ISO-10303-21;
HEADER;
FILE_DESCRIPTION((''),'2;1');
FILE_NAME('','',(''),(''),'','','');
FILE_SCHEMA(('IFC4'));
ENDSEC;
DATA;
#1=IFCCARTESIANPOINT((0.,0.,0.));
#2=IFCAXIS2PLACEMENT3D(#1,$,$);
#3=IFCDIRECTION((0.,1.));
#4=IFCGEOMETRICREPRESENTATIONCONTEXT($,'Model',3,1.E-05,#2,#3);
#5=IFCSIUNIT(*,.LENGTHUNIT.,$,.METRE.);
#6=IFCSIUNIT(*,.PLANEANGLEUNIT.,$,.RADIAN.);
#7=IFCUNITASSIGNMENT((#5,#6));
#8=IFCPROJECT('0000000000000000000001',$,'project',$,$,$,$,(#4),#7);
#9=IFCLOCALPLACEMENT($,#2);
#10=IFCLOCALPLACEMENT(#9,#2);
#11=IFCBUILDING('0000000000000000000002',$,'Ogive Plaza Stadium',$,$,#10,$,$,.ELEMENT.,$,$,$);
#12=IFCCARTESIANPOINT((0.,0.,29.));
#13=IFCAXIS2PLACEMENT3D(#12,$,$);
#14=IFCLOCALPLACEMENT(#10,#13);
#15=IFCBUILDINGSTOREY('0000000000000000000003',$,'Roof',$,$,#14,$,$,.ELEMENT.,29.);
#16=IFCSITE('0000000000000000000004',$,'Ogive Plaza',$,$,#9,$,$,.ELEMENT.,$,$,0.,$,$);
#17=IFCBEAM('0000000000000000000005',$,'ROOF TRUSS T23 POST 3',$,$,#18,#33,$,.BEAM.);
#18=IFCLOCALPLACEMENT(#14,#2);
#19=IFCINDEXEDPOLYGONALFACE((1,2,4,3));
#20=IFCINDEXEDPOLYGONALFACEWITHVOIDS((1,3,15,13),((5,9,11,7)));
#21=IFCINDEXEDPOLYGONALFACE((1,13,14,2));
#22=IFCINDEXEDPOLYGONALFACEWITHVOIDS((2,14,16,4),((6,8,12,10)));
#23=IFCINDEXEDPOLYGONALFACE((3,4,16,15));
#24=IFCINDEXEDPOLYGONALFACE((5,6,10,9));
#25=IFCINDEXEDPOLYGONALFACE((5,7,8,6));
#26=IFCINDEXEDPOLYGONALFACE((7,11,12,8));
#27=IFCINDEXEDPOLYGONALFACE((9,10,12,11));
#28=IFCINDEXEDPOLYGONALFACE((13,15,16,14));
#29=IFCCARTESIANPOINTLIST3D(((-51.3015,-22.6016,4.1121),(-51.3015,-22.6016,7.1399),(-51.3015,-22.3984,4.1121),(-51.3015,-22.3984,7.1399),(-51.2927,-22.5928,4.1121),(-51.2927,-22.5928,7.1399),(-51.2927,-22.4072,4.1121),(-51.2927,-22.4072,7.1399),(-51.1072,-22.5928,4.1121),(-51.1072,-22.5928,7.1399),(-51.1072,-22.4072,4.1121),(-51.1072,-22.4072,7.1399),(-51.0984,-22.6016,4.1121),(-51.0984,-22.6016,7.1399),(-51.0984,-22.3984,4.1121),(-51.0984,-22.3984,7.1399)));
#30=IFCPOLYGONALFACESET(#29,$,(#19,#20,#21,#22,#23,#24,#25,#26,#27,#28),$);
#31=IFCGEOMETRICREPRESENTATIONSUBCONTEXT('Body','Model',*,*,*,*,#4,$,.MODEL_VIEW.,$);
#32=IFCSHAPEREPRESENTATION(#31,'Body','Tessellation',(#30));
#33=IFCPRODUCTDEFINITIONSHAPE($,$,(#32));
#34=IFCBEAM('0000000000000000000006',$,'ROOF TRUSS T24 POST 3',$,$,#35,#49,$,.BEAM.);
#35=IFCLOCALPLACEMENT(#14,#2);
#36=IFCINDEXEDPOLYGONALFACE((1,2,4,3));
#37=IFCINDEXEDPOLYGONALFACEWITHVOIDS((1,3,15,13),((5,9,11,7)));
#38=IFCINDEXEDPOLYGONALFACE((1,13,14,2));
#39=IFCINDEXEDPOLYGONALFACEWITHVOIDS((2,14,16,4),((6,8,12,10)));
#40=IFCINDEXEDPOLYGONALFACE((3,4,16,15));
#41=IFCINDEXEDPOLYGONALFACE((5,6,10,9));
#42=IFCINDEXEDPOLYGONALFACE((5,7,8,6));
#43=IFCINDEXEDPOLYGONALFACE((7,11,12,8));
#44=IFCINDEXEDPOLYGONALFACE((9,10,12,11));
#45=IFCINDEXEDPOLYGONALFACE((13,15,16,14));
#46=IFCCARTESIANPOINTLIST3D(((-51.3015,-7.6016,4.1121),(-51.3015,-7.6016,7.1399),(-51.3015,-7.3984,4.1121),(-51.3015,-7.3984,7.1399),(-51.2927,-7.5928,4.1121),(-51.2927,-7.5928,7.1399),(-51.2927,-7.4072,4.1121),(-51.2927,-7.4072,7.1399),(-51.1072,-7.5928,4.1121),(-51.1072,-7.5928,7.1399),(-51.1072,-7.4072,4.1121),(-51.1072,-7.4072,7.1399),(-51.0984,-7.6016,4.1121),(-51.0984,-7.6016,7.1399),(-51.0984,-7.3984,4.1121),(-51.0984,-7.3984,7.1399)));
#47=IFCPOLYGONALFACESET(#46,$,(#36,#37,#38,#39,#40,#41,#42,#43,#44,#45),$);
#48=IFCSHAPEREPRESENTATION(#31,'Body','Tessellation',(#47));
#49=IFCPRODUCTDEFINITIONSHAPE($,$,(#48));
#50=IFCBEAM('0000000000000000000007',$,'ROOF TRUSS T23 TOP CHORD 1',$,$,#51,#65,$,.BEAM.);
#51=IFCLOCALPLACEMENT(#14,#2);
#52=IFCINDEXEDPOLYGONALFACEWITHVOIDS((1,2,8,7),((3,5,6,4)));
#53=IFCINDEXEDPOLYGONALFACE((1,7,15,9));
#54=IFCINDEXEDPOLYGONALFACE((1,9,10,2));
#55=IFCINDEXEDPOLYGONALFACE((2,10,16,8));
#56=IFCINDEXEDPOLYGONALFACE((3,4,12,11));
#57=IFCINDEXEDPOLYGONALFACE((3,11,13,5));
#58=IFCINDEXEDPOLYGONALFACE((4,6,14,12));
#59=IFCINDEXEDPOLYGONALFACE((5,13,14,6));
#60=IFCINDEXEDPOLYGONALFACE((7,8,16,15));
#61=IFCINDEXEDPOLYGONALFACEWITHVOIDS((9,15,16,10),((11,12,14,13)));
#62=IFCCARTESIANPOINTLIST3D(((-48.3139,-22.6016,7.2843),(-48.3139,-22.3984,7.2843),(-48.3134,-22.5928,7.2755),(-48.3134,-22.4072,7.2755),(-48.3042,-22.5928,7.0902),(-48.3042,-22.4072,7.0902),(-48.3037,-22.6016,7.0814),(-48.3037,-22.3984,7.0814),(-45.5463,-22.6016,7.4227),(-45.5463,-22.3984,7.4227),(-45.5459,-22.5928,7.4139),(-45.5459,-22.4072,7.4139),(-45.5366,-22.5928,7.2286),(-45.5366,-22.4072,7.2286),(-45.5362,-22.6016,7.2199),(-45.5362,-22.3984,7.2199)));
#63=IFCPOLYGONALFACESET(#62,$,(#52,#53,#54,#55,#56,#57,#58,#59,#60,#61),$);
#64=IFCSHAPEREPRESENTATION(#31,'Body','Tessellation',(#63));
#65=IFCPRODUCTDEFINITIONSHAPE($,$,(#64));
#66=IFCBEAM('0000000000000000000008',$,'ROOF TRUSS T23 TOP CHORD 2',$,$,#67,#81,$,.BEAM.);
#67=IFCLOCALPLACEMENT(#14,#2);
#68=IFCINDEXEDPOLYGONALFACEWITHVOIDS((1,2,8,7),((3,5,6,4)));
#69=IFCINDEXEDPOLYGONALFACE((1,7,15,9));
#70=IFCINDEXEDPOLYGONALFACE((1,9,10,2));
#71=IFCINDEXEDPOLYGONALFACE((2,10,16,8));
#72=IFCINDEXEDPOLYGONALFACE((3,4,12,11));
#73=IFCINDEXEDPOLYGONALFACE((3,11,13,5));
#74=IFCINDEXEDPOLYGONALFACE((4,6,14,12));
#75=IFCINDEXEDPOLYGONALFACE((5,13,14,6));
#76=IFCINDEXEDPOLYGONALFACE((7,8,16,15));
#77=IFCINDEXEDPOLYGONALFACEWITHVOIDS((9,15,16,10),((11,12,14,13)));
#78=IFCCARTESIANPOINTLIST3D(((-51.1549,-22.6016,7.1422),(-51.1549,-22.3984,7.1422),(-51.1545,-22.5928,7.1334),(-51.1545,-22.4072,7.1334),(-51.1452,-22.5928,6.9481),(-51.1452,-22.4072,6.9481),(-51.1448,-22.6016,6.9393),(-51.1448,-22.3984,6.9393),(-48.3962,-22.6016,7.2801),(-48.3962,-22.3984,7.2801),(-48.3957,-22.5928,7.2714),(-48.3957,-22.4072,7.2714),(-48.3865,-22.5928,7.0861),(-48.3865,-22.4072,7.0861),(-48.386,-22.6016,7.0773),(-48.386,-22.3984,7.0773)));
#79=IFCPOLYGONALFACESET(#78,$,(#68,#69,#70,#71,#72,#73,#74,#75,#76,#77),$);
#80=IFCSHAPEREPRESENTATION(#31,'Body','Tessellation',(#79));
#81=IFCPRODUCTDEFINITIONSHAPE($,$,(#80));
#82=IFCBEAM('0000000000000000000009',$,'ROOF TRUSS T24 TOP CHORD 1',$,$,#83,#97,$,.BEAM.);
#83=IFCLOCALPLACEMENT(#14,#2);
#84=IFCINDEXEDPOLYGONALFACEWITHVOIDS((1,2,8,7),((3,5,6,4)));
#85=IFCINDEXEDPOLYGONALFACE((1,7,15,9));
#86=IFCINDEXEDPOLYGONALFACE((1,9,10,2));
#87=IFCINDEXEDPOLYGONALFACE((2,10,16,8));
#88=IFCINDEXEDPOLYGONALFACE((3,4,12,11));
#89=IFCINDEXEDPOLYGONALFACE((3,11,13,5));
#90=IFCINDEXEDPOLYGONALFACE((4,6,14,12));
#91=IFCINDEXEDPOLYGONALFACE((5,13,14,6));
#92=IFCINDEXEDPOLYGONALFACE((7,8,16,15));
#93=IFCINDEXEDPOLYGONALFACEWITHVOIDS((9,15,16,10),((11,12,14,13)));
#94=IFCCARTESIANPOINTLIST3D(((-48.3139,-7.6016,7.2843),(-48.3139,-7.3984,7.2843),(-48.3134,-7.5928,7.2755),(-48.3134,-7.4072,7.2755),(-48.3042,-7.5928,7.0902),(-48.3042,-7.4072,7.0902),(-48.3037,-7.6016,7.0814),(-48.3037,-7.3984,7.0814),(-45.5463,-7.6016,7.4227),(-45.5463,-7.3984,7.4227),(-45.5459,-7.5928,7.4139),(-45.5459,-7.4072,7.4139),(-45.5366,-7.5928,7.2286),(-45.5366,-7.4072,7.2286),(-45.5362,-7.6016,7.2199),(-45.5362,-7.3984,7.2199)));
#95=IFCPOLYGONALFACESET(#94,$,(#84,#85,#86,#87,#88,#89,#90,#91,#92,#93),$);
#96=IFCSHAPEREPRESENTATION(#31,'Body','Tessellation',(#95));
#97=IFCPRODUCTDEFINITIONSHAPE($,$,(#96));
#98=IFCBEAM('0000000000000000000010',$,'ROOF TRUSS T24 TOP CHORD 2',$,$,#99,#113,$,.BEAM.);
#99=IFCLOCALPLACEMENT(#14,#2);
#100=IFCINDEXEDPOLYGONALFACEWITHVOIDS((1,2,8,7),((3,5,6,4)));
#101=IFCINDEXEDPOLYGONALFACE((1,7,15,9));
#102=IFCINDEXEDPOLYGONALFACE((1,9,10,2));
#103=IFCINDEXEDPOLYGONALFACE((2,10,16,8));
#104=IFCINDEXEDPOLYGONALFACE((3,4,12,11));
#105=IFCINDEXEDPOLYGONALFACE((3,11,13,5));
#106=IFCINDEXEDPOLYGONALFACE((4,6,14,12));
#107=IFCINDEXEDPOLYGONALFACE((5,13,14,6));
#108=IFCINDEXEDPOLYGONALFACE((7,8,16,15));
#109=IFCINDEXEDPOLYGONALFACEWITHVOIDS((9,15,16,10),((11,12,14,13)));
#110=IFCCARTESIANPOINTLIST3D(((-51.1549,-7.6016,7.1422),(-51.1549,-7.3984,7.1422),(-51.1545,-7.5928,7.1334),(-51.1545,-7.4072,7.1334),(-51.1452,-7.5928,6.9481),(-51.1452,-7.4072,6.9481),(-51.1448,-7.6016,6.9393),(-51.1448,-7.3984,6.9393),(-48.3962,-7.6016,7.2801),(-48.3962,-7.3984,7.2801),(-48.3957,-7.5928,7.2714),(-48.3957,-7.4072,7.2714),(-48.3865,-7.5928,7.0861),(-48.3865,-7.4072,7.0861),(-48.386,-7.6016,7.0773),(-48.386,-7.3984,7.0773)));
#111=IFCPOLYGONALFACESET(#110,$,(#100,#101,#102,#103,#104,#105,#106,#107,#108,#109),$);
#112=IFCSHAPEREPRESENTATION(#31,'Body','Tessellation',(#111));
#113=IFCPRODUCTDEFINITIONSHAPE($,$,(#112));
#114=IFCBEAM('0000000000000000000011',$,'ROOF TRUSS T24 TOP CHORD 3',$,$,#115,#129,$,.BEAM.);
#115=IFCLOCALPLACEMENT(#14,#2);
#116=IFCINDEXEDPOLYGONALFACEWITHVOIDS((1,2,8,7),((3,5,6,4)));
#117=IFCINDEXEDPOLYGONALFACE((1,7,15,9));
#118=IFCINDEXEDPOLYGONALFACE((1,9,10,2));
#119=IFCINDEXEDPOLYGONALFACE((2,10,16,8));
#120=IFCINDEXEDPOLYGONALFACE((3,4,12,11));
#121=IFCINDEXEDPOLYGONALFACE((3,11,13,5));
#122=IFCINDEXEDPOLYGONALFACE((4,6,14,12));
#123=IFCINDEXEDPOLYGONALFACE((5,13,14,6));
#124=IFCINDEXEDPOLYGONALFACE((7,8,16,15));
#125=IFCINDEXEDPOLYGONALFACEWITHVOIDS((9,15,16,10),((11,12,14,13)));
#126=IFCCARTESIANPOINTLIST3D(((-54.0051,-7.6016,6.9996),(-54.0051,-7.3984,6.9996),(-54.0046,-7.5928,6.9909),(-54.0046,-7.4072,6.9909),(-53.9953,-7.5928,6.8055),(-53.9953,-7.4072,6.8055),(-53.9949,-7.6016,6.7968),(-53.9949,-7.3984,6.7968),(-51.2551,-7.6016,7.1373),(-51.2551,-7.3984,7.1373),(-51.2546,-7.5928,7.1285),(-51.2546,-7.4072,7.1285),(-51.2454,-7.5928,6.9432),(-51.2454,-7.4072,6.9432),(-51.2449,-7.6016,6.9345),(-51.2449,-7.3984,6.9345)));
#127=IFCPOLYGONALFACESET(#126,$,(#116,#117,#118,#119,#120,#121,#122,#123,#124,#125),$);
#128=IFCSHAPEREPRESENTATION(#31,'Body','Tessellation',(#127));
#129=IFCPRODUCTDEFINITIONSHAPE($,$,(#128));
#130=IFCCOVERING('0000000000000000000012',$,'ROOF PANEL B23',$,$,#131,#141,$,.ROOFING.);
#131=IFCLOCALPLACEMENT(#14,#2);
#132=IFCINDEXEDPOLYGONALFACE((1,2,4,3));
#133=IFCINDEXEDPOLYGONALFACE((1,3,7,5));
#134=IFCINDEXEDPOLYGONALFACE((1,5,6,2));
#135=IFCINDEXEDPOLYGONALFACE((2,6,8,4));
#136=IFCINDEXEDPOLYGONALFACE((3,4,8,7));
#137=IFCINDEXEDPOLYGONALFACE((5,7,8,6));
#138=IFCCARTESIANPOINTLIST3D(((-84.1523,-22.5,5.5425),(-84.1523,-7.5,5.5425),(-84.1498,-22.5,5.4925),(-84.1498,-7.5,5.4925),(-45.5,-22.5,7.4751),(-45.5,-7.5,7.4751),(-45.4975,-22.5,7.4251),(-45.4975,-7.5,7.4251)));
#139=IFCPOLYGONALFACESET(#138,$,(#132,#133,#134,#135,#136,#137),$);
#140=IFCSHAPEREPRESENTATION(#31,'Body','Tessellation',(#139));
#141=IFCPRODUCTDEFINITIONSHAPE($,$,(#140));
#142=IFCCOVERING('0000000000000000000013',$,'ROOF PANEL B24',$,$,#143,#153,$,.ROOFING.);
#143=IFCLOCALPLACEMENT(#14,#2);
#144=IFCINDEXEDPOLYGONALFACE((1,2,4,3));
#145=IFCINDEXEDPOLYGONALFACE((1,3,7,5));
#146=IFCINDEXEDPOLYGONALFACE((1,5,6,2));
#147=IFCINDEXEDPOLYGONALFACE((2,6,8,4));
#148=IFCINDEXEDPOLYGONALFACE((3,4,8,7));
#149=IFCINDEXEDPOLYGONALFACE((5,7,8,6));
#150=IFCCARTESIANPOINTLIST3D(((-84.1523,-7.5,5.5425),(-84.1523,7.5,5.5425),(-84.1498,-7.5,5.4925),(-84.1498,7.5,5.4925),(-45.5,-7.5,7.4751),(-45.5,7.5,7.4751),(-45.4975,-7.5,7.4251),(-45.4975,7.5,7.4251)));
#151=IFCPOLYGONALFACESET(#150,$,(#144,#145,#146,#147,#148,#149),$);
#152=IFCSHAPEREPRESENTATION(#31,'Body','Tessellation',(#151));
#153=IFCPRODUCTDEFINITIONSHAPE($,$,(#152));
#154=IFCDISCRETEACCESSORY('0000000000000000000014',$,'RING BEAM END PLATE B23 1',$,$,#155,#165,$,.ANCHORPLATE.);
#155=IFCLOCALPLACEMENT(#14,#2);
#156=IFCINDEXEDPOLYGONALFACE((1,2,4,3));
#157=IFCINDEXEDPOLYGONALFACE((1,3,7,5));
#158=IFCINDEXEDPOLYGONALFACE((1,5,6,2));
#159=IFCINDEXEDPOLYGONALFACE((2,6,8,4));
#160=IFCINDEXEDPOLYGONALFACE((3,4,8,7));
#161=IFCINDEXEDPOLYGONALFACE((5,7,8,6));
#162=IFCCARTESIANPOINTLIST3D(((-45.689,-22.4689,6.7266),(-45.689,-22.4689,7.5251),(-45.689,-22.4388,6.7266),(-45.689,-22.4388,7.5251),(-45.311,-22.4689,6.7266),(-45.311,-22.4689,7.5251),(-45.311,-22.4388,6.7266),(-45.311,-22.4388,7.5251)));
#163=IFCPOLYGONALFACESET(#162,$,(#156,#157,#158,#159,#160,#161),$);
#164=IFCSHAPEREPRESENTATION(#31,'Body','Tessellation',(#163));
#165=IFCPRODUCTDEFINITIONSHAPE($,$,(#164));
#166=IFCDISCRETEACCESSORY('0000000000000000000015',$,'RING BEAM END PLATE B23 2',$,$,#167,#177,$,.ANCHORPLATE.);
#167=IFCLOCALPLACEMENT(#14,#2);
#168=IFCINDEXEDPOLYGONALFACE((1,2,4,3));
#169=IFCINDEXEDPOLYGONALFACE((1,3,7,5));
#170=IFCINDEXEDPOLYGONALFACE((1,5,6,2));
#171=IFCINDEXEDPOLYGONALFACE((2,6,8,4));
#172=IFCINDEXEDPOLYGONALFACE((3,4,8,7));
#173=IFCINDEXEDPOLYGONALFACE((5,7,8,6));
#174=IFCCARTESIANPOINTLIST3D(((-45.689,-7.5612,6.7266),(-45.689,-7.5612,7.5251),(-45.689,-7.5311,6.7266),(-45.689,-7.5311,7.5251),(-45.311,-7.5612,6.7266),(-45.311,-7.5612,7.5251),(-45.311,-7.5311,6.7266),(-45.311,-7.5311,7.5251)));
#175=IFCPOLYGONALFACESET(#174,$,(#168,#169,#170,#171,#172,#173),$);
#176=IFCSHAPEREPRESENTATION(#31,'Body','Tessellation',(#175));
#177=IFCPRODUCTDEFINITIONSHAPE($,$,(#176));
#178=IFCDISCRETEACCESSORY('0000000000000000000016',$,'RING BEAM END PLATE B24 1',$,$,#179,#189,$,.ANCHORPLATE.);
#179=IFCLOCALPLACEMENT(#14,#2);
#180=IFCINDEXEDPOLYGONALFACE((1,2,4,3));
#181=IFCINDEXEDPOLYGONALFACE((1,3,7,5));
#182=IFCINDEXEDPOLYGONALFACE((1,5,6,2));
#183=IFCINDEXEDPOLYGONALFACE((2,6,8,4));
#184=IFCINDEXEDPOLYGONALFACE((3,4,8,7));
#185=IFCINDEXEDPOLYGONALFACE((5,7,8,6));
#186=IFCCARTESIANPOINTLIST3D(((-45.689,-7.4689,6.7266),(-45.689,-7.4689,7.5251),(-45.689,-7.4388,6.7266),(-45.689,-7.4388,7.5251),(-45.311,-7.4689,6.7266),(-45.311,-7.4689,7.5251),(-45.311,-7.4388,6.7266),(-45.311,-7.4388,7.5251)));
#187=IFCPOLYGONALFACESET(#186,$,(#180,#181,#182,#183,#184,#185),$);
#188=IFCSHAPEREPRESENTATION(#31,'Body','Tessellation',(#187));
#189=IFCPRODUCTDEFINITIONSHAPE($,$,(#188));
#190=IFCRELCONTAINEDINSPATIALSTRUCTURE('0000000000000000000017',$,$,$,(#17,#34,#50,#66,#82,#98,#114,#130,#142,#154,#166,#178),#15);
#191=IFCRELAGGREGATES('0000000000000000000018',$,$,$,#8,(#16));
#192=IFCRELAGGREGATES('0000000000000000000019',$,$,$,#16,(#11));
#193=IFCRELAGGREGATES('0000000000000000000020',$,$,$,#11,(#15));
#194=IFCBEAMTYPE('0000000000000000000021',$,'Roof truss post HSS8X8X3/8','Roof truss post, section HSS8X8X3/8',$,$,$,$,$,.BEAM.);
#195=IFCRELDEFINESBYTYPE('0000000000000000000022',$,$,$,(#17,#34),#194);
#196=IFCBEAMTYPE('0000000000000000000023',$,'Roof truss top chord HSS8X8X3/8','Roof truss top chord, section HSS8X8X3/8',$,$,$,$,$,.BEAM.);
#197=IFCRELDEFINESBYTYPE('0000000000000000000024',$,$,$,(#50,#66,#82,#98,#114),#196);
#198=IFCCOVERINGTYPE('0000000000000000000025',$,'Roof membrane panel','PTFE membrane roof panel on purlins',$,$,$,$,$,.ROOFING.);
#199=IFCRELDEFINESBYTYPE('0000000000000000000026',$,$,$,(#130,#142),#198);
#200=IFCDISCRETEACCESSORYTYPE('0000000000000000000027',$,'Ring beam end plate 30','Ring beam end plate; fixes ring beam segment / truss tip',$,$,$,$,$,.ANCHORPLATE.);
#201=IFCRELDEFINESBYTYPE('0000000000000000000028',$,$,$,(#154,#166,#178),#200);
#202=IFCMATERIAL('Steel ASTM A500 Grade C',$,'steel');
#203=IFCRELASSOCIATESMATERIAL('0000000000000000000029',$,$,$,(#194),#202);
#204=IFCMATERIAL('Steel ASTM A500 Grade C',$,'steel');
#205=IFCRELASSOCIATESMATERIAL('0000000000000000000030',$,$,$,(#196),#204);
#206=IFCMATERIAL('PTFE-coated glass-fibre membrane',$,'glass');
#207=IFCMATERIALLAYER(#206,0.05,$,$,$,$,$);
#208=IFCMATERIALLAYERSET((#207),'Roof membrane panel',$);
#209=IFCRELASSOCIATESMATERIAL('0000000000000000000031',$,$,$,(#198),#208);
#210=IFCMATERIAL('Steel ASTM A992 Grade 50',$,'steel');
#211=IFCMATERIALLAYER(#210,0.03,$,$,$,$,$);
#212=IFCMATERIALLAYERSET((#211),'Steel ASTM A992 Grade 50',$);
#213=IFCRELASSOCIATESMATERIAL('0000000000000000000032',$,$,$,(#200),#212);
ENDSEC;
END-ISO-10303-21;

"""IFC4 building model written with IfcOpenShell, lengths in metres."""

from ifc_helpers import new_model, si_unit, direction, frame, origin, origin_2d, place, context, subcontext, project, spatial, polyline, rectangle, hollow_rectangle, outline, extrude, material, layer, layer_set, material_profile, profile_set, type_object, element, save


model = new_model("IFC4")

# Units and contexts
model_context = context("Model", 3, precision=1e-05, world=origin(), true_north=direction((0.0, 1.0)))
body_context = subcontext(model_context, "Body", "Model", "MODEL_VIEW")
ifc_project = project(units=[si_unit("LENGTHUNIT", "METRE"), si_unit("PLANEANGLEUNIT", "RADIAN")], contexts=[model_context])

# Site, building, storey
site_placement = place(None, origin())
site = spatial("IfcSite", under=ifc_project, at=site_placement, Name="Ogive Plaza", CompositionType="ELEMENT", RefElevation=0.0)
building_placement = place(site_placement, origin())
building = spatial("IfcBuilding", under=site, at=building_placement, Name="Ogive Plaza Stadium", CompositionType="ELEMENT")
storey_placement = place(building_placement, frame((0.0, 0.0, 29.0)))
storey = spatial("IfcBuildingStorey", under=building, at=storey_placement, Name="Roof", CompositionType="ELEMENT", Elevation=29.0)

# Beams
ifc_material_1 = material(Name="Steel ASTM A500 Grade C", Category="steel")
ifc_material_profile_1 = material_profile(ifc_material_1, hollow_rectangle(XDim=0.2031, YDim=0.2031, WallThickness=0.0088, at=origin_2d()), Name="HSS8X8X3/8")
ifc_profile_set_1 = profile_set([ifc_material_profile_1], Name="Steel ASTM A500 Grade C")
beam_type_1 = type_object("IfcBeamType", Name="Roof truss post HSS8X8X3/8", Description="Roof truss post, section HSS8X8X3/8", PredefinedType="BEAM", material=ifc_profile_set_1)
for number, where, z_axis, x_axis, name in (
    (1, (-51.2, -22.5, 4.1121), (0.0, 0.0, 1.0), (0.0, -1.0, 0.0), "ROOF TRUSS T23 POST 3"),
    (2, (-51.2, -7.5, 4.1121), (0.0, 0.0, 1.0), (0.0, -1.0, 0.0), "ROOF TRUSS T24 POST 3"),
):
    element("IfcBeam", number, at=place(storey_placement, frame(where, z_axis=z_axis, x_axis=x_axis)), inside=storey, type_object=beam_type_1, Name=name, PredefinedType="BEAM", context=body_context, shape_type="SweptSolid", body=[
        extrude(hollow_rectangle(XDim=0.2031, YDim=0.2031, WallThickness=0.0088, at=origin_2d()), origin(), (0.0, 0.0, 1.0), 3.0278),
    ])
ifc_material_2 = material(Name="Steel ASTM A500 Grade C", Category="steel")
ifc_material_profile_2 = material_profile(ifc_material_2, hollow_rectangle(XDim=0.2031, YDim=0.2031, WallThickness=0.0088, at=origin_2d()), Name="HSS8X8X3/8")
ifc_profile_set_2 = profile_set([ifc_material_profile_2], Name="Steel ASTM A500 Grade C")
beam_type_2 = type_object("IfcBeamType", Name="Roof truss top chord HSS8X8X3/8", Description="Roof truss top chord, section HSS8X8X3/8", PredefinedType="BEAM", material=ifc_profile_set_2)
beam_1_placement = place(storey_placement, frame((-45.5413, -22.5, 7.3213), z_axis=(-0.998751, 0.0, -0.049955), x_axis=(0.0, -1.0, 0.0)))
element("IfcBeam", 3, at=beam_1_placement, inside=storey, type_object=beam_type_2, Name="ROOF TRUSS T23 TOP CHORD 1", PredefinedType="BEAM", context=body_context, shape_type="SweptSolid", body=[
    extrude(hollow_rectangle(XDim=0.2031, YDim=0.2031, WallThickness=0.0088, at=origin_2d()), origin(), (0.0, 0.0, 1.0), 2.771),
])
beam_2_placement = place(storey_placement, frame((-48.3911, -22.5, 7.1787), z_axis=(-0.998752, 0.0, -0.049938), x_axis=(0.0, -1.0, 0.0)))
element("IfcBeam", 4, at=beam_2_placement, inside=storey, type_object=beam_type_2, Name="ROOF TRUSS T23 TOP CHORD 2", PredefinedType="BEAM", context=body_context, shape_type="SweptSolid", body=[
    extrude(hollow_rectangle(XDim=0.2031, YDim=0.2031, WallThickness=0.0088, at=origin_2d()), origin(), (0.0, 0.0, 1.0), 2.7622),
])
beam_3_placement = place(storey_placement, frame((-45.5413, -7.5, 7.3213), z_axis=(-0.998751, 0.0, -0.049955), x_axis=(0.0, -1.0, 0.0)))
element("IfcBeam", 5, at=beam_3_placement, inside=storey, type_object=beam_type_2, Name="ROOF TRUSS T24 TOP CHORD 1", PredefinedType="BEAM", context=body_context, shape_type="SweptSolid", body=[
    extrude(hollow_rectangle(XDim=0.2031, YDim=0.2031, WallThickness=0.0088, at=origin_2d()), origin(), (0.0, 0.0, 1.0), 2.771),
])
beam_4_placement = place(storey_placement, frame((-48.3911, -7.5, 7.1787), z_axis=(-0.998752, 0.0, -0.049938), x_axis=(0.0, -1.0, 0.0)))
element("IfcBeam", 6, at=beam_4_placement, inside=storey, type_object=beam_type_2, Name="ROOF TRUSS T24 TOP CHORD 2", PredefinedType="BEAM", context=body_context, shape_type="SweptSolid", body=[
    extrude(hollow_rectangle(XDim=0.2031, YDim=0.2031, WallThickness=0.0088, at=origin_2d()), origin(), (0.0, 0.0, 1.0), 2.7622),
])
beam_5_placement = place(storey_placement, frame((-51.25, -7.5, 7.0359), z_axis=(-0.998749, 0.0, -0.050008), x_axis=(0.0, -1.0, 0.0)))
element("IfcBeam", 7, at=beam_5_placement, inside=storey, type_object=beam_type_2, Name="ROOF TRUSS T24 TOP CHORD 3", PredefinedType="BEAM", context=body_context, shape_type="SweptSolid", body=[
    extrude(hollow_rectangle(XDim=0.2031, YDim=0.2031, WallThickness=0.0088, at=origin_2d()), origin(), (0.0, 0.0, 1.0), 2.7534),
])

# Coverings
ifc_material_3 = material(Name="PTFE-coated glass-fibre membrane", Category="glass")
ifc_layer_1 = layer(ifc_material_3, 0.05)
ifc_layer_set_1 = layer_set([ifc_layer_1], Name="Roof membrane panel")
covering_type = type_object("IfcCoveringType", Name="Roof membrane panel", Description="PTFE membrane roof panel on purlins", PredefinedType="ROOFING", material=ifc_layer_set_1)
for number, where, z_axis, x_axis, name in (
    (8, (-45.5, -22.5, 7.4751), (-0.049938, 0.0, 0.998752), (-0.998752, 0.0, -0.049938), "ROOF PANEL B23"),
    (9, (-45.5, -7.5, 7.4751), (-0.049938, 0.0, 0.998752), (-0.998752, 0.0, -0.049938), "ROOF PANEL B24"),
):
    element("IfcCovering", number, at=place(storey_placement, frame(where, z_axis=z_axis, x_axis=x_axis)), inside=storey, type_object=covering_type, Name=name, PredefinedType="ROOFING", context=body_context, shape_type="SweptSolid", body=[
        extrude(outline(polyline([(0.0, 0.0), (38.7006, 0.0), (38.7006, -15.0), (0.0, -15.0), (0.0, 0.0)])), origin(), (0.0, 0.0, -1.0), 0.05),
    ])

# Discrete accessories
ifc_material_4 = material(Name="Steel ASTM A992 Grade 50", Category="steel")
ifc_layer_2 = layer(ifc_material_4, 0.03)
ifc_layer_set_2 = layer_set([ifc_layer_2], Name="Steel ASTM A992 Grade 50")
discrete_accessory_type = type_object("IfcDiscreteAccessoryType", Name="Ring beam end plate 30", Description="Ring beam end plate; fixes ring beam segment / truss tip", PredefinedType="ANCHORPLATE", material=ifc_layer_set_2)
for number, where, z_axis, x_axis, name in (
    (10, (-45.5, -22.4539, 6.7266), (0.0, 0.0, 1.0), (0.0, 1.0, 0.0), "RING BEAM END PLATE B23 1"),
    (11, (-45.5, -7.5461, 6.7266), (0.0, 0.0, 1.0), (0.0, 1.0, 0.0), "RING BEAM END PLATE B23 2"),
    (12, (-45.5, -7.4539, 6.7266), (0.0, 0.0, 1.0), (0.0, 1.0, 0.0), "RING BEAM END PLATE B24 1"),
):
    element("IfcDiscreteAccessory", number, at=place(storey_placement, frame(where, z_axis=z_axis, x_axis=x_axis)), inside=storey, type_object=discrete_accessory_type, Name=name, PredefinedType="ANCHORPLATE", context=body_context, shape_type="SweptSolid", body=[
        extrude(rectangle(XDim=0.03, YDim=0.3779, at=origin_2d()), origin(), (0.0, 0.0, 1.0), 0.7986),
    ])

save(model, "model.ifc")
